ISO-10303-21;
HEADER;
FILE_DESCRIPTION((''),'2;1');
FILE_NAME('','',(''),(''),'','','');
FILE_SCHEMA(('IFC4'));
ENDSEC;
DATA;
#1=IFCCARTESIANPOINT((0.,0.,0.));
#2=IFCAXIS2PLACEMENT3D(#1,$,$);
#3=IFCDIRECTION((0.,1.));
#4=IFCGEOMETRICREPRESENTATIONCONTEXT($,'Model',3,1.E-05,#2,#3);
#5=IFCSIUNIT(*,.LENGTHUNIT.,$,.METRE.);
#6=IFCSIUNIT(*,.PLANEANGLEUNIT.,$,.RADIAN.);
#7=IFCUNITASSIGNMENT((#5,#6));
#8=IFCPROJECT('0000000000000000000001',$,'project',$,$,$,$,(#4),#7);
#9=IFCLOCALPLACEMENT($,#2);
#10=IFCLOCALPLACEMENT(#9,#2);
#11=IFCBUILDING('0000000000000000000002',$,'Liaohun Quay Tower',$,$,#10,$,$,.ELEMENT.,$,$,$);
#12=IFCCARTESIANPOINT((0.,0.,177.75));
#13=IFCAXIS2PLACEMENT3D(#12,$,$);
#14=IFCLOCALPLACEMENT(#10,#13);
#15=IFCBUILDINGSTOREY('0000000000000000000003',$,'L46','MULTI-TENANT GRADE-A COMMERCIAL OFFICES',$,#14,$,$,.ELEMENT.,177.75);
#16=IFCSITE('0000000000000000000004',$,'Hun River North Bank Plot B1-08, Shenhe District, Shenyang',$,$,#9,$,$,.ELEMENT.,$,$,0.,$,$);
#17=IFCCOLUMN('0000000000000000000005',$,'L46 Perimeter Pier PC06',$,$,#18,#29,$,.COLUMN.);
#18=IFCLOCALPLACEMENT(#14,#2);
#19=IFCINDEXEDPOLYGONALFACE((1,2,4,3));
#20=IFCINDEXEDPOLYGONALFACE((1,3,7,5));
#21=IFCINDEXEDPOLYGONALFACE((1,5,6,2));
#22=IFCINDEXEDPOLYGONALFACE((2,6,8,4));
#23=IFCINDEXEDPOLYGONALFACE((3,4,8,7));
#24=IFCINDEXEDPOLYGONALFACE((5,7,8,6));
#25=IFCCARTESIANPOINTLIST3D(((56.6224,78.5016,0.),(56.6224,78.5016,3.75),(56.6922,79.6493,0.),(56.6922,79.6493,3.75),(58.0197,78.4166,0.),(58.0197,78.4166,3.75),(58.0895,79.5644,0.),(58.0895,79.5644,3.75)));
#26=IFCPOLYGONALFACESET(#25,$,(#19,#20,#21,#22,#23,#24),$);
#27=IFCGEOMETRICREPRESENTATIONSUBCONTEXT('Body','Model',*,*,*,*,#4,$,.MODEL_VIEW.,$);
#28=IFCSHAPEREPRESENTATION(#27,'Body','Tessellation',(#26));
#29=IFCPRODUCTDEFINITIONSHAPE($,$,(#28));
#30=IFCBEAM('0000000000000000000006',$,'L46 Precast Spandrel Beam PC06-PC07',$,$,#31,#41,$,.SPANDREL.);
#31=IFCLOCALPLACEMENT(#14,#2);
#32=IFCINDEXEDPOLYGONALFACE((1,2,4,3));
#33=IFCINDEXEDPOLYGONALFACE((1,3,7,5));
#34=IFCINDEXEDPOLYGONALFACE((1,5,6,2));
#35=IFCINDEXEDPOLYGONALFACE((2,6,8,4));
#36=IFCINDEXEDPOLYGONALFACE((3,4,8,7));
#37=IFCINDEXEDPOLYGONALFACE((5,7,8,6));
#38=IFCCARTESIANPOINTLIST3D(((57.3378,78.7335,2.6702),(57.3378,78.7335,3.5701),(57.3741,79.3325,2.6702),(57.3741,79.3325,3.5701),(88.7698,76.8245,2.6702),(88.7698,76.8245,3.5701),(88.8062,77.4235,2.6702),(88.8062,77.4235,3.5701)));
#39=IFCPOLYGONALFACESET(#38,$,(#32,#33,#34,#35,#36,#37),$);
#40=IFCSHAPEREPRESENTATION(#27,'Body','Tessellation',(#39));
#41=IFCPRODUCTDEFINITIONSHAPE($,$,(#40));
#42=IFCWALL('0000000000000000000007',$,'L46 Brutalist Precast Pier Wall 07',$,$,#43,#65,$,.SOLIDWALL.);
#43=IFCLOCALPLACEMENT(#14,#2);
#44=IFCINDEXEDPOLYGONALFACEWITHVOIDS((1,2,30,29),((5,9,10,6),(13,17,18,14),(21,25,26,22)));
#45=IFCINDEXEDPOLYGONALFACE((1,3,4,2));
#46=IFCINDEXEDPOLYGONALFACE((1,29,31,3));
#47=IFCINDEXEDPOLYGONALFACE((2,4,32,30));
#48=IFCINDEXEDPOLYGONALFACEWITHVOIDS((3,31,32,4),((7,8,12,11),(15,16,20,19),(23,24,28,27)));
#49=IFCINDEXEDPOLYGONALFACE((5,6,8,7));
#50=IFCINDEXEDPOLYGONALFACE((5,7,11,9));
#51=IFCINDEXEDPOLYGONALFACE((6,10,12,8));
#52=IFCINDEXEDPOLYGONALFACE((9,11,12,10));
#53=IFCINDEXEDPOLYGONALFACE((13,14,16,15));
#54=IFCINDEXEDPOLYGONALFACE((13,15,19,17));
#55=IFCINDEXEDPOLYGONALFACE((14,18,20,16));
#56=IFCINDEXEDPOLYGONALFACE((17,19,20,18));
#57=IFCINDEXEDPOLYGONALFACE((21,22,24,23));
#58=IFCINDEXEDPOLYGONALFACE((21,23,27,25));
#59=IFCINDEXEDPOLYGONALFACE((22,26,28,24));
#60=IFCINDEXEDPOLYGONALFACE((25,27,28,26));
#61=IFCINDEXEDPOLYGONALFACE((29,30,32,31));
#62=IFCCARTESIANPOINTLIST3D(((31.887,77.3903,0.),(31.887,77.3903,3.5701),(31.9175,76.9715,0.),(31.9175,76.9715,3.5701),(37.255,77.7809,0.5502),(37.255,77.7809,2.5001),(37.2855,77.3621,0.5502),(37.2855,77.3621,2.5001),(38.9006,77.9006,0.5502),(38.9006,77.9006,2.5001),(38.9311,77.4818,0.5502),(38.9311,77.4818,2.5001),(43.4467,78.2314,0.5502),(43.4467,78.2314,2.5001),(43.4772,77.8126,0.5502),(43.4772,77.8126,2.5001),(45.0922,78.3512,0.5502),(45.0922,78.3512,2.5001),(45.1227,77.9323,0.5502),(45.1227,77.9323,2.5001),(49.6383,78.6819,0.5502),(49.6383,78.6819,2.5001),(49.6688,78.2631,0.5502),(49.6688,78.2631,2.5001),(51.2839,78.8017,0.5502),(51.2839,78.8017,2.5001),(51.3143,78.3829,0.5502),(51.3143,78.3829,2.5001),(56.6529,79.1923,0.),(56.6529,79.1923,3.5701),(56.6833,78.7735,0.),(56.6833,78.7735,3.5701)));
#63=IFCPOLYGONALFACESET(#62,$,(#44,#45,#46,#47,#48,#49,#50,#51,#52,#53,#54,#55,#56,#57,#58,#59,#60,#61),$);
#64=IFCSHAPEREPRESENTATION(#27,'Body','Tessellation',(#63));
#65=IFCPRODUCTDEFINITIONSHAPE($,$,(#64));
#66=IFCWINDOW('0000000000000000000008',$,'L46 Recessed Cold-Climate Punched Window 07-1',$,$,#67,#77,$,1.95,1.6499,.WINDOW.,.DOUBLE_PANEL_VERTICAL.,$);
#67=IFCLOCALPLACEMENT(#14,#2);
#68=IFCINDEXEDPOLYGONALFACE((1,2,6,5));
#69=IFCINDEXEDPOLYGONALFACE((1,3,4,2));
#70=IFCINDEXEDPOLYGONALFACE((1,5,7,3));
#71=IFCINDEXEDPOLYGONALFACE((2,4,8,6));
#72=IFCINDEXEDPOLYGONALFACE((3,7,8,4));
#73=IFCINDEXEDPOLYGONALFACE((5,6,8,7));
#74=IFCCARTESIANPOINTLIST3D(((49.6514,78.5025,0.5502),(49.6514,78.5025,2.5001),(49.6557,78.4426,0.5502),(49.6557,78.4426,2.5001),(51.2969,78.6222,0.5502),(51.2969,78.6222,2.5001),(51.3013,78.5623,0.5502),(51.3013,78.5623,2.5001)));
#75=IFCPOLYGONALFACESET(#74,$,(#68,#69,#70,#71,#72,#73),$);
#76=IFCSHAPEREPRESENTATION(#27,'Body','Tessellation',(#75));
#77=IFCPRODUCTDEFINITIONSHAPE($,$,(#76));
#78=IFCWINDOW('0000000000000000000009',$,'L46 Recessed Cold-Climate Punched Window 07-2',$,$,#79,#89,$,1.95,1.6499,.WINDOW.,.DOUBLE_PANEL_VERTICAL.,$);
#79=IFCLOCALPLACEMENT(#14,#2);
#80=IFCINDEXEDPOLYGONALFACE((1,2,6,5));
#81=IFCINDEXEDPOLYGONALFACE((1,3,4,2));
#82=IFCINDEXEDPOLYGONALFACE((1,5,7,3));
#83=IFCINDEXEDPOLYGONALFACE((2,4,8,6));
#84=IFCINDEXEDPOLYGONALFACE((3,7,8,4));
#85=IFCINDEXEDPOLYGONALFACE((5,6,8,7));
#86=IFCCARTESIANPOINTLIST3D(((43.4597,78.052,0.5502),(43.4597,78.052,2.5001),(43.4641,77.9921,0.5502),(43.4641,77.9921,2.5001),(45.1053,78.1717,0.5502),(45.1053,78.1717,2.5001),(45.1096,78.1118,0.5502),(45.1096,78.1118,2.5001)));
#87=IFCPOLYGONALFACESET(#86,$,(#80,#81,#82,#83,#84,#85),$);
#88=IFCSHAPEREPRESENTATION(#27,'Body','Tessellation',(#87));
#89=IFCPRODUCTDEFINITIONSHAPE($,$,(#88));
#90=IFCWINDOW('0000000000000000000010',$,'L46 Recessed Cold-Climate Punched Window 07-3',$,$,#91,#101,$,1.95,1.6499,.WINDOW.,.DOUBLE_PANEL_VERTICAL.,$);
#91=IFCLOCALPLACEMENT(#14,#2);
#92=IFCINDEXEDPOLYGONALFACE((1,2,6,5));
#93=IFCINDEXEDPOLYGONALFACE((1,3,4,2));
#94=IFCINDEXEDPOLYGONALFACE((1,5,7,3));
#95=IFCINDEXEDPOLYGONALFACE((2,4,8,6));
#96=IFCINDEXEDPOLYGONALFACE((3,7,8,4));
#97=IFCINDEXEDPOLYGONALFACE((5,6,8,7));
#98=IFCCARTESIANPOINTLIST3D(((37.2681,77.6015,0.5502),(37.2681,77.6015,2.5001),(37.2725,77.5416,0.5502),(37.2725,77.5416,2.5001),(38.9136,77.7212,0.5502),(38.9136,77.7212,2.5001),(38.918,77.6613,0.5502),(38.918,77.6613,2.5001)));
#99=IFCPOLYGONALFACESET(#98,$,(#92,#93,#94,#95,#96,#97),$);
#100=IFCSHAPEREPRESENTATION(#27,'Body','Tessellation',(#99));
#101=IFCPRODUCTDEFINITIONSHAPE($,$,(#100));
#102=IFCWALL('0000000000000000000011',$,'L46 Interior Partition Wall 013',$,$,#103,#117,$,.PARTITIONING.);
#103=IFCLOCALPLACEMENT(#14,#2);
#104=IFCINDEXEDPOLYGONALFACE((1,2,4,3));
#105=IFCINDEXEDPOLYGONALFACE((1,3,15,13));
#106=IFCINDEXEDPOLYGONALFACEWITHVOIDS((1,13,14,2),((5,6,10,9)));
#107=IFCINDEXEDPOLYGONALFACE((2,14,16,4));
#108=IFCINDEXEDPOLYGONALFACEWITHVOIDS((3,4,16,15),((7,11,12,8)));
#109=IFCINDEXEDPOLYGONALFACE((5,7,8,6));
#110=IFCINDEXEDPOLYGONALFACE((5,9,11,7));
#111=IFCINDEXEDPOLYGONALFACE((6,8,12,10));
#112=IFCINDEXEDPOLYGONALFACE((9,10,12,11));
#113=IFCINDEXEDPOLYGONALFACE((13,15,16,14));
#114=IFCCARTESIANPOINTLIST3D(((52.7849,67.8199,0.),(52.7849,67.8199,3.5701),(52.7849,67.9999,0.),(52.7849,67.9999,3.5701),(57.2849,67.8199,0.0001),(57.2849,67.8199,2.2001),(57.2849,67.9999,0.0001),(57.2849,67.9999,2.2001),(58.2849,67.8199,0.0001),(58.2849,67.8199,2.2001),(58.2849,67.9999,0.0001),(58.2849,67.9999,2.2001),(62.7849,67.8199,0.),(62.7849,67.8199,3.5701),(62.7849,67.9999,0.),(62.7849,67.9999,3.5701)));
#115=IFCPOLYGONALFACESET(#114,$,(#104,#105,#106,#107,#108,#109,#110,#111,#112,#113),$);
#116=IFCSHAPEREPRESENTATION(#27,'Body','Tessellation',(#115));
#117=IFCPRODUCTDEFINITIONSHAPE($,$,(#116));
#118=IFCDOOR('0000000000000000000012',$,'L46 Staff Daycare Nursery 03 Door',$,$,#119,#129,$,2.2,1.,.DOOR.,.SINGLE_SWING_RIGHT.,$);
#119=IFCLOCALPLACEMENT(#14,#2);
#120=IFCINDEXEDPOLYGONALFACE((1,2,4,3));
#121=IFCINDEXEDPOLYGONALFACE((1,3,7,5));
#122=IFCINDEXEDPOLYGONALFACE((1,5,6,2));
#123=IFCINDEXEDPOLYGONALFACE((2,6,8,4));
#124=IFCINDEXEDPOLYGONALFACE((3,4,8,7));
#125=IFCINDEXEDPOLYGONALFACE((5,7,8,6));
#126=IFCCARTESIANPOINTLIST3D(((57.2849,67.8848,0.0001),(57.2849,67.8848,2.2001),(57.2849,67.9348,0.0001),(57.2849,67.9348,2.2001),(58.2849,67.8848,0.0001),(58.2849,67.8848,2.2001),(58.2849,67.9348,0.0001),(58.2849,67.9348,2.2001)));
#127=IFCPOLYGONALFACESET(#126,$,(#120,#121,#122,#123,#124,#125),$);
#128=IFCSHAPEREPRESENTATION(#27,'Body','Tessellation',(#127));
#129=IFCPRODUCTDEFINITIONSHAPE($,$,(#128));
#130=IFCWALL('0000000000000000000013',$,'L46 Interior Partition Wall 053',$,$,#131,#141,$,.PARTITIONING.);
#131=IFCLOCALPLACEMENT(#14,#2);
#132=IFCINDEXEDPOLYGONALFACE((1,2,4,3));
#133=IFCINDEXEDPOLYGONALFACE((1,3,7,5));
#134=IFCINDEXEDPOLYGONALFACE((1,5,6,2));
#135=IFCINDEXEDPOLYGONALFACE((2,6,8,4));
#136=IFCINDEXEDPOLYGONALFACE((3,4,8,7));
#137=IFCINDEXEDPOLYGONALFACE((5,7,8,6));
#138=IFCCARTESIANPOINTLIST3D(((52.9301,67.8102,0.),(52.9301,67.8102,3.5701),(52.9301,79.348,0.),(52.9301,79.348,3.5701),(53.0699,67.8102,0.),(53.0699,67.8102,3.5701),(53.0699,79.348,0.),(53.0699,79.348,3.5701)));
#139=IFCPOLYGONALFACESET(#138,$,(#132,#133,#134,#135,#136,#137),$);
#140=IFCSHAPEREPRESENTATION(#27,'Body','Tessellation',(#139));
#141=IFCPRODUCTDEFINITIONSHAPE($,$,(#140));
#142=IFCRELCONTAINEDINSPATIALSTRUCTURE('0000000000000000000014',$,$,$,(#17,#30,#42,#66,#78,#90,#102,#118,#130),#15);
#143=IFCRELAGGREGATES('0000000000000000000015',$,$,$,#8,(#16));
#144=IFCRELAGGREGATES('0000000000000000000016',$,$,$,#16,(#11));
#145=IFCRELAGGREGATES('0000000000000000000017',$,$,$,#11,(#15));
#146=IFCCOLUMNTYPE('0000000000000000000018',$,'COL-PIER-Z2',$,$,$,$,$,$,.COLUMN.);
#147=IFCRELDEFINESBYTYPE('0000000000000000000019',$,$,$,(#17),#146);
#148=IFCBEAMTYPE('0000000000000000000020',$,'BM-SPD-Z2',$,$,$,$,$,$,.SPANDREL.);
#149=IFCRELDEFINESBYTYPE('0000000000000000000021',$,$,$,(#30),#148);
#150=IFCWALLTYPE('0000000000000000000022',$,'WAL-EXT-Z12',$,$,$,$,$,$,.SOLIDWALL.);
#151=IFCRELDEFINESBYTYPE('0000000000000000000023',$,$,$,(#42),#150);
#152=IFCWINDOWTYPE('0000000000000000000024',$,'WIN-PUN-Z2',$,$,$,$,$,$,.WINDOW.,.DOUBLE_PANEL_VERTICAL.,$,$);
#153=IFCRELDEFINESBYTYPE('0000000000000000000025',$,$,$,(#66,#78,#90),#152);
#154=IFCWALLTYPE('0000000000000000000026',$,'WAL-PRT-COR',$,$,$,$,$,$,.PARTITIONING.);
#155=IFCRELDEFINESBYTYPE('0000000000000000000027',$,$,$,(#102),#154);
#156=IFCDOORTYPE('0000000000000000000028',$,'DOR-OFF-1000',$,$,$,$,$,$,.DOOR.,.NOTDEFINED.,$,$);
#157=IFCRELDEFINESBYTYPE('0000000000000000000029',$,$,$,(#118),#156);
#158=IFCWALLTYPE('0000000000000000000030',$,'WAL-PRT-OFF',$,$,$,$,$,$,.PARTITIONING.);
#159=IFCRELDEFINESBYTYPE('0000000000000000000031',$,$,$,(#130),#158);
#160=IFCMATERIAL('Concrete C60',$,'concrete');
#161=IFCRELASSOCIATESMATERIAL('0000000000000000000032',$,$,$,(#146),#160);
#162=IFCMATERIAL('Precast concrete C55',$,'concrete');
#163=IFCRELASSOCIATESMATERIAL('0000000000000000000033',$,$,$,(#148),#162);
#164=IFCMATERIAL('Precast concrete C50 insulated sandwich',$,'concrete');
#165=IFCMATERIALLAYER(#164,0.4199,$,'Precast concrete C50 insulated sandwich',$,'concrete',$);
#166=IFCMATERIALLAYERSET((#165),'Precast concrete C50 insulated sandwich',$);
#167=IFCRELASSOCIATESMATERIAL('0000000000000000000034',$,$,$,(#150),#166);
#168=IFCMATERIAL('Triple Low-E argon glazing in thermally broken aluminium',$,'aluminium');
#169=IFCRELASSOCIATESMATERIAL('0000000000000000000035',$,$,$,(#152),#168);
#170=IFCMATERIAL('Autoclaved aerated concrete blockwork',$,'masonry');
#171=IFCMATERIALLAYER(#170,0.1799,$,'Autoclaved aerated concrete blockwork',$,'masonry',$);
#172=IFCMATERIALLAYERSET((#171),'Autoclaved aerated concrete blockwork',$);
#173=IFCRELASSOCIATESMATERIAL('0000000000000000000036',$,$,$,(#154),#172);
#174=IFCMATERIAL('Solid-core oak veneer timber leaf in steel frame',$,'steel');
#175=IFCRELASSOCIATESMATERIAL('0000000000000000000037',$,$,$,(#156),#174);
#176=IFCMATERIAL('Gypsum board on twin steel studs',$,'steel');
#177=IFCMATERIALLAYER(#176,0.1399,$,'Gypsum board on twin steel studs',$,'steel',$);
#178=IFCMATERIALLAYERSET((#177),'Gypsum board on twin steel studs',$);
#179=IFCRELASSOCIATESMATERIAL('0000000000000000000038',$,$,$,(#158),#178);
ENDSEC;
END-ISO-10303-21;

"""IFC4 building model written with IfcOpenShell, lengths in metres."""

from ifc_helpers import new_model, si_unit, direction, frame, frame_2d, origin, origin_2d, place, context, subcontext, project, spatial, rectangle, extrude, source, transform, mapped, material, layer, layer_set, material_profile, profile_set, type_object, element, fill, save


model = new_model("IFC4")

# Units and contexts
model_context = context("Model", 3, precision=1e-05, world=origin(), true_north=direction((0.0, 1.0)))
body_context = subcontext(model_context, "Body", "Model", "MODEL_VIEW")
ifc_project = project(units=[si_unit("LENGTHUNIT", "METRE"), si_unit("PLANEANGLEUNIT", "RADIAN")], contexts=[model_context])

# Site, building, storey
site_placement = place(None, origin())
site = spatial("IfcSite", under=ifc_project, at=site_placement, Name="Hun River North Bank Plot B1-08, Shenhe District, Shenyang", CompositionType="ELEMENT", RefElevation=0.0)
building_placement = place(site_placement, origin())
building = spatial("IfcBuilding", under=site, at=building_placement, Name="Liaohun Quay Tower", CompositionType="ELEMENT")
storey_placement = place(building_placement, frame((0.0, 0.0, 177.75)))
storey = spatial("IfcBuildingStorey", under=building, at=storey_placement, Name="L46", Description="MULTI-TENANT GRADE-A COMMERCIAL OFFICES", CompositionType="ELEMENT", Elevation=177.75)

# Column
ifc_material_1 = material(Name="Concrete C60", Category="concrete")
ifc_material_profile_1 = material_profile(ifc_material_1, rectangle(XDim=1.3999, YDim=1.1499, at=origin_2d()), Name="RC1400x1150")
ifc_profile_set_1 = profile_set([ifc_material_profile_1], Name="Concrete C60")
column_type = type_object("IfcColumnType", Name="COL-PIER-Z2", PredefinedType="COLUMN", material=ifc_profile_set_1)
shared_shape_1 = source(origin(), body_context, "Body", "SweptSolid", [
    extrude(rectangle(XDim=1.3999, YDim=1.1499, at=origin_2d()), origin(), (0.0, 0.0, 1.0), 3.75),
])
column_placement = place(storey_placement, frame((57.356, 79.033, 0.0), z_axis=(0.0, 0.0, 1.0), x_axis=(-0.998156, 0.0607, 0.0)))
element("IfcColumn", 1, at=column_placement, inside=storey, type_object=column_type, Name="L46 Perimeter Pier PC06", PredefinedType="COLUMN", context=body_context, shape_type="MappedRepresentation", body=[
    mapped(shared_shape_1, transform((0.0, 0.0, 0.0), x_axis=(1.0, 0.0, 0.0), y_axis=(0.0, 1.0, 0.0), z_axis=(0.0, 0.0, 1.0), scale=1.0)),
])

# Beam
ifc_material_2 = material(Name="Precast concrete C55", Category="concrete")
ifc_material_profile_2 = material_profile(ifc_material_2, rectangle(XDim=0.6001, YDim=0.8999, at=origin_2d()), Name="RC600x900")
ifc_profile_set_2 = profile_set([ifc_material_profile_2], Name="Precast concrete C55")
beam_type = type_object("IfcBeamType", Name="BM-SPD-Z2", PredefinedType="SPANDREL", material=ifc_profile_set_2)
shared_shape_2 = source(origin(), body_context, "Body", "SweptSolid", [
    extrude(rectangle(XDim=0.6001, YDim=0.8999, at=origin_2d()), origin(), (0.0, 0.0, 1.0), 31.49),
])
beam_placement = place(storey_placement, frame((57.356, 79.033, 3.1201), z_axis=(0.998161, -0.06062, 0.0), x_axis=(0.06062, 0.998161, 0.0)))
element("IfcBeam", 2, at=beam_placement, inside=storey, type_object=beam_type, Name="L46 Precast Spandrel Beam PC06-PC07", PredefinedType="SPANDREL", context=body_context, shape_type="MappedRepresentation", body=[
    mapped(shared_shape_2, transform((0.0, 0.0, 0.0), x_axis=(1.0, 0.0, 0.0), y_axis=(0.0, 1.0, 0.0), z_axis=(0.0, 0.0, 1.0), scale=1.0)),
])

# Wall, openings, windows
ifc_material_3 = material(Name="Precast concrete C50 insulated sandwich", Category="concrete")
ifc_layer_1 = layer(ifc_material_3, 0.4199, Name="Precast concrete C50 insulated sandwich", Category="concrete")
ifc_layer_set_1 = layer_set([ifc_layer_1], Name="Precast concrete C50 insulated sandwich")
wall_type_1 = type_object("IfcWallType", Name="WAL-EXT-Z12", PredefinedType="SOLIDWALL", material=ifc_layer_set_1)
wall_1_placement = place(storey_placement, frame((56.668, 78.9829, 0.0), z_axis=(0.0, 0.0, 1.0), x_axis=(-0.997363, -0.07257, 0.0)))
wall_1 = element("IfcWall", 3, at=wall_1_placement, inside=storey, type_object=wall_type_1, Name="L46 Brutalist Precast Pier Wall 07", PredefinedType="SOLIDWALL", context=body_context, shape_type="SweptSolid", body=[
    extrude(rectangle(XDim=24.8313, YDim=0.4199, at=frame_2d((12.4155, 0.0))), origin(), (0.0, 0.0, 1.0), 3.5701),
])
shared_shape_3 = source(origin(), body_context, "Body", "SweptSolid", [
    extrude(rectangle(XDim=1.6499, YDim=1.95, at=frame_2d((0.825, 0.9751))), frame((0.0, 0.22, 0.0), z_axis=(0.0, -1.0, 0.0), x_axis=(1.0, 0.0, 0.0)), (0.0, 0.0, 1.0), 0.4399),
])
opening_1_placement = place(wall_1_placement, frame((5.3831, 0.0, 0.55)))
opening_1 = element("IfcOpeningElement", 4, at=opening_1_placement, cuts=wall_1, PredefinedType="OPENING", context=body_context, shape_type="MappedRepresentation", body=[
    mapped(shared_shape_3, transform((0.0, 0.0, 0.0), x_axis=(1.0, 0.0, 0.0), y_axis=(0.0, 1.0, 0.0), z_axis=(0.0, 0.0, 1.0), scale=1.0)),
])
opening_2_placement = place(wall_1_placement, frame((11.5911, 0.0, 0.55)))
opening_2 = element("IfcOpeningElement", 5, at=opening_2_placement, cuts=wall_1, PredefinedType="OPENING", context=body_context, shape_type="MappedRepresentation", body=[
    mapped(shared_shape_3, transform((0.0, 0.0, 0.0), x_axis=(1.0, 0.0, 0.0), y_axis=(0.0, 1.0, 0.0), z_axis=(0.0, 0.0, 1.0), scale=1.0)),
])
opening_3_placement = place(wall_1_placement, frame((17.7991, 0.0, 0.55)))
opening_3 = element("IfcOpeningElement", 6, at=opening_3_placement, cuts=wall_1, PredefinedType="OPENING", context=body_context, shape_type="MappedRepresentation", body=[
    mapped(shared_shape_3, transform((0.0, 0.0, 0.0), x_axis=(1.0, 0.0, 0.0), y_axis=(0.0, 1.0, 0.0), z_axis=(0.0, 0.0, 1.0), scale=1.0)),
])
ifc_material_4 = material(Name="Triple Low-E argon glazing in thermally broken aluminium", Category="aluminium")
window_type = type_object("IfcWindowType", Name="WIN-PUN-Z2", PartitioningType="DOUBLE_PANEL_VERTICAL", PredefinedType="WINDOW", material=ifc_material_4)
shared_shape_4 = source(origin(), body_context, "Body", "SweptSolid", [
    extrude(rectangle(XDim=1.6499, YDim=1.95, at=frame_2d((0.825, 0.9751))), frame((0.0, 0.03, 0.0), z_axis=(0.0, -1.0, 0.0), x_axis=(1.0, 0.0, 0.0)), (0.0, 0.0, 1.0), 0.0601),
])
window_1_placement = place(opening_1_placement, origin())
window_1 = element("IfcWindow", 7, at=window_1_placement, inside=storey, type_object=window_type, Name="L46 Recessed Cold-Climate Punched Window 07-1", OverallHeight=1.95, OverallWidth=1.6499, PartitioningType="DOUBLE_PANEL_VERTICAL", PredefinedType="WINDOW", context=body_context, shape_type="MappedRepresentation", body=[
    mapped(shared_shape_4, transform((0.0, 0.0, 0.0), x_axis=(1.0, 0.0, 0.0), y_axis=(0.0, 1.0, 0.0), z_axis=(0.0, 0.0, 1.0), scale=1.0)),
])
fill(opening_1, window_1)
window_2_placement = place(opening_2_placement, origin())
window_2 = element("IfcWindow", 8, at=window_2_placement, inside=storey, type_object=window_type, Name="L46 Recessed Cold-Climate Punched Window 07-2", OverallHeight=1.95, OverallWidth=1.6499, PartitioningType="DOUBLE_PANEL_VERTICAL", PredefinedType="WINDOW", context=body_context, shape_type="MappedRepresentation", body=[
    mapped(shared_shape_4, transform((0.0, 0.0, 0.0), x_axis=(1.0, 0.0, 0.0), y_axis=(0.0, 1.0, 0.0), z_axis=(0.0, 0.0, 1.0), scale=1.0)),
])
fill(opening_2, window_2)
window_3_placement = place(opening_3_placement, origin())
window_3 = element("IfcWindow", 9, at=window_3_placement, inside=storey, type_object=window_type, Name="L46 Recessed Cold-Climate Punched Window 07-3", OverallHeight=1.95, OverallWidth=1.6499, PartitioningType="DOUBLE_PANEL_VERTICAL", PredefinedType="WINDOW", context=body_context, shape_type="MappedRepresentation", body=[
    mapped(shared_shape_4, transform((0.0, 0.0, 0.0), x_axis=(1.0, 0.0, 0.0), y_axis=(0.0, 1.0, 0.0), z_axis=(0.0, 0.0, 1.0), scale=1.0)),
])
fill(opening_3, window_3)

# Wall, opening, door
ifc_material_5 = material(Name="Autoclaved aerated concrete blockwork", Category="masonry")
ifc_layer_2 = layer(ifc_material_5, 0.1799, Name="Autoclaved aerated concrete blockwork", Category="masonry")
ifc_layer_set_2 = layer_set([ifc_layer_2], Name="Autoclaved aerated concrete blockwork")
wall_type_2 = type_object("IfcWallType", Name="WAL-PRT-COR", PredefinedType="PARTITIONING", material=ifc_layer_set_2)
wall_2_placement = place(storey_placement, frame((52.7849, 67.9099, 0.0), z_axis=(0.0, 0.0, 1.0), x_axis=(1.0, 0.0, 0.0)))
wall_2 = element("IfcWall", 10, at=wall_2_placement, inside=storey, type_object=wall_type_2, Name="L46 Interior Partition Wall 013", PredefinedType="PARTITIONING", context=body_context, shape_type="SweptSolid", body=[
    extrude(rectangle(XDim=10.0, YDim=0.1799, at=frame_2d((5.0, 0.0))), origin(), (0.0, 0.0, 1.0), 3.5701),
])
shared_shape_5 = source(origin(), body_context, "Body", "SweptSolid", [
    extrude(rectangle(XDim=1.0, YDim=2.2, at=frame_2d((0.5, 1.1001))), frame((0.0, 0.0999, 0.0), z_axis=(0.0, -1.0, 0.0), x_axis=(1.0, 0.0, 0.0)), (0.0, 0.0, 1.0), 0.2),
])
opening_4_placement = place(wall_2_placement, frame((4.5, 0.0, 0.0)))
opening_4 = element("IfcOpeningElement", 11, at=opening_4_placement, cuts=wall_2, PredefinedType="OPENING", context=body_context, shape_type="MappedRepresentation", body=[
    mapped(shared_shape_5, transform((0.0, 0.0, 0.0), x_axis=(1.0, 0.0, 0.0), y_axis=(0.0, 1.0, 0.0), z_axis=(0.0, 0.0, 1.0), scale=1.0)),
])
ifc_material_6 = material(Name="Solid-core oak veneer timber leaf in steel frame", Category="steel")
door_type = type_object("IfcDoorType", Name="DOR-OFF-1000", OperationType="NOTDEFINED", PredefinedType="DOOR", material=ifc_material_6)
shared_shape_6 = source(origin(), body_context, "Body", "SweptSolid", [
    extrude(rectangle(XDim=1.0, YDim=2.2, at=frame_2d((0.5, 1.1001))), frame((0.0, 0.0249, 0.0), z_axis=(0.0, -1.0, 0.0), x_axis=(1.0, 0.0, 0.0)), (0.0, 0.0, 1.0), 0.05),
])
door_placement = place(opening_4_placement, origin())
door = element("IfcDoor", 12, at=door_placement, inside=storey, type_object=door_type, Name="L46 Staff Daycare Nursery 03 Door", OperationType="SINGLE_SWING_RIGHT", OverallHeight=2.2, OverallWidth=1.0, PredefinedType="DOOR", context=body_context, shape_type="MappedRepresentation", body=[
    mapped(shared_shape_6, transform((0.0, 0.0, 0.0), x_axis=(1.0, 0.0, 0.0), y_axis=(0.0, 1.0, 0.0), z_axis=(0.0, 0.0, 1.0), scale=1.0)),
])
fill(opening_4, door)

# Wall
ifc_material_7 = material(Name="Gypsum board on twin steel studs", Category="steel")
ifc_layer_3 = layer(ifc_material_7, 0.1399, Name="Gypsum board on twin steel studs", Category="steel")
ifc_layer_set_3 = layer_set([ifc_layer_3], Name="Gypsum board on twin steel studs")
wall_type_3 = type_object("IfcWallType", Name="WAL-PRT-OFF", PredefinedType="PARTITIONING", material=ifc_layer_set_3)
wall_3_placement = place(storey_placement, frame((53.0, 67.8101, 0.0), z_axis=(0.0, 0.0, 1.0), x_axis=(0.0, 1.0, 0.0)))
element("IfcWall", 13, at=wall_3_placement, inside=storey, type_object=wall_type_3, Name="L46 Interior Partition Wall 053", PredefinedType="PARTITIONING", context=body_context, shape_type="SweptSolid", body=[
    extrude(rectangle(XDim=11.5378, YDim=0.1399, at=frame_2d((5.769, 0.0))), origin(), (0.0, 0.0, 1.0), 3.5701),
])

save(model, "model.ifc")
